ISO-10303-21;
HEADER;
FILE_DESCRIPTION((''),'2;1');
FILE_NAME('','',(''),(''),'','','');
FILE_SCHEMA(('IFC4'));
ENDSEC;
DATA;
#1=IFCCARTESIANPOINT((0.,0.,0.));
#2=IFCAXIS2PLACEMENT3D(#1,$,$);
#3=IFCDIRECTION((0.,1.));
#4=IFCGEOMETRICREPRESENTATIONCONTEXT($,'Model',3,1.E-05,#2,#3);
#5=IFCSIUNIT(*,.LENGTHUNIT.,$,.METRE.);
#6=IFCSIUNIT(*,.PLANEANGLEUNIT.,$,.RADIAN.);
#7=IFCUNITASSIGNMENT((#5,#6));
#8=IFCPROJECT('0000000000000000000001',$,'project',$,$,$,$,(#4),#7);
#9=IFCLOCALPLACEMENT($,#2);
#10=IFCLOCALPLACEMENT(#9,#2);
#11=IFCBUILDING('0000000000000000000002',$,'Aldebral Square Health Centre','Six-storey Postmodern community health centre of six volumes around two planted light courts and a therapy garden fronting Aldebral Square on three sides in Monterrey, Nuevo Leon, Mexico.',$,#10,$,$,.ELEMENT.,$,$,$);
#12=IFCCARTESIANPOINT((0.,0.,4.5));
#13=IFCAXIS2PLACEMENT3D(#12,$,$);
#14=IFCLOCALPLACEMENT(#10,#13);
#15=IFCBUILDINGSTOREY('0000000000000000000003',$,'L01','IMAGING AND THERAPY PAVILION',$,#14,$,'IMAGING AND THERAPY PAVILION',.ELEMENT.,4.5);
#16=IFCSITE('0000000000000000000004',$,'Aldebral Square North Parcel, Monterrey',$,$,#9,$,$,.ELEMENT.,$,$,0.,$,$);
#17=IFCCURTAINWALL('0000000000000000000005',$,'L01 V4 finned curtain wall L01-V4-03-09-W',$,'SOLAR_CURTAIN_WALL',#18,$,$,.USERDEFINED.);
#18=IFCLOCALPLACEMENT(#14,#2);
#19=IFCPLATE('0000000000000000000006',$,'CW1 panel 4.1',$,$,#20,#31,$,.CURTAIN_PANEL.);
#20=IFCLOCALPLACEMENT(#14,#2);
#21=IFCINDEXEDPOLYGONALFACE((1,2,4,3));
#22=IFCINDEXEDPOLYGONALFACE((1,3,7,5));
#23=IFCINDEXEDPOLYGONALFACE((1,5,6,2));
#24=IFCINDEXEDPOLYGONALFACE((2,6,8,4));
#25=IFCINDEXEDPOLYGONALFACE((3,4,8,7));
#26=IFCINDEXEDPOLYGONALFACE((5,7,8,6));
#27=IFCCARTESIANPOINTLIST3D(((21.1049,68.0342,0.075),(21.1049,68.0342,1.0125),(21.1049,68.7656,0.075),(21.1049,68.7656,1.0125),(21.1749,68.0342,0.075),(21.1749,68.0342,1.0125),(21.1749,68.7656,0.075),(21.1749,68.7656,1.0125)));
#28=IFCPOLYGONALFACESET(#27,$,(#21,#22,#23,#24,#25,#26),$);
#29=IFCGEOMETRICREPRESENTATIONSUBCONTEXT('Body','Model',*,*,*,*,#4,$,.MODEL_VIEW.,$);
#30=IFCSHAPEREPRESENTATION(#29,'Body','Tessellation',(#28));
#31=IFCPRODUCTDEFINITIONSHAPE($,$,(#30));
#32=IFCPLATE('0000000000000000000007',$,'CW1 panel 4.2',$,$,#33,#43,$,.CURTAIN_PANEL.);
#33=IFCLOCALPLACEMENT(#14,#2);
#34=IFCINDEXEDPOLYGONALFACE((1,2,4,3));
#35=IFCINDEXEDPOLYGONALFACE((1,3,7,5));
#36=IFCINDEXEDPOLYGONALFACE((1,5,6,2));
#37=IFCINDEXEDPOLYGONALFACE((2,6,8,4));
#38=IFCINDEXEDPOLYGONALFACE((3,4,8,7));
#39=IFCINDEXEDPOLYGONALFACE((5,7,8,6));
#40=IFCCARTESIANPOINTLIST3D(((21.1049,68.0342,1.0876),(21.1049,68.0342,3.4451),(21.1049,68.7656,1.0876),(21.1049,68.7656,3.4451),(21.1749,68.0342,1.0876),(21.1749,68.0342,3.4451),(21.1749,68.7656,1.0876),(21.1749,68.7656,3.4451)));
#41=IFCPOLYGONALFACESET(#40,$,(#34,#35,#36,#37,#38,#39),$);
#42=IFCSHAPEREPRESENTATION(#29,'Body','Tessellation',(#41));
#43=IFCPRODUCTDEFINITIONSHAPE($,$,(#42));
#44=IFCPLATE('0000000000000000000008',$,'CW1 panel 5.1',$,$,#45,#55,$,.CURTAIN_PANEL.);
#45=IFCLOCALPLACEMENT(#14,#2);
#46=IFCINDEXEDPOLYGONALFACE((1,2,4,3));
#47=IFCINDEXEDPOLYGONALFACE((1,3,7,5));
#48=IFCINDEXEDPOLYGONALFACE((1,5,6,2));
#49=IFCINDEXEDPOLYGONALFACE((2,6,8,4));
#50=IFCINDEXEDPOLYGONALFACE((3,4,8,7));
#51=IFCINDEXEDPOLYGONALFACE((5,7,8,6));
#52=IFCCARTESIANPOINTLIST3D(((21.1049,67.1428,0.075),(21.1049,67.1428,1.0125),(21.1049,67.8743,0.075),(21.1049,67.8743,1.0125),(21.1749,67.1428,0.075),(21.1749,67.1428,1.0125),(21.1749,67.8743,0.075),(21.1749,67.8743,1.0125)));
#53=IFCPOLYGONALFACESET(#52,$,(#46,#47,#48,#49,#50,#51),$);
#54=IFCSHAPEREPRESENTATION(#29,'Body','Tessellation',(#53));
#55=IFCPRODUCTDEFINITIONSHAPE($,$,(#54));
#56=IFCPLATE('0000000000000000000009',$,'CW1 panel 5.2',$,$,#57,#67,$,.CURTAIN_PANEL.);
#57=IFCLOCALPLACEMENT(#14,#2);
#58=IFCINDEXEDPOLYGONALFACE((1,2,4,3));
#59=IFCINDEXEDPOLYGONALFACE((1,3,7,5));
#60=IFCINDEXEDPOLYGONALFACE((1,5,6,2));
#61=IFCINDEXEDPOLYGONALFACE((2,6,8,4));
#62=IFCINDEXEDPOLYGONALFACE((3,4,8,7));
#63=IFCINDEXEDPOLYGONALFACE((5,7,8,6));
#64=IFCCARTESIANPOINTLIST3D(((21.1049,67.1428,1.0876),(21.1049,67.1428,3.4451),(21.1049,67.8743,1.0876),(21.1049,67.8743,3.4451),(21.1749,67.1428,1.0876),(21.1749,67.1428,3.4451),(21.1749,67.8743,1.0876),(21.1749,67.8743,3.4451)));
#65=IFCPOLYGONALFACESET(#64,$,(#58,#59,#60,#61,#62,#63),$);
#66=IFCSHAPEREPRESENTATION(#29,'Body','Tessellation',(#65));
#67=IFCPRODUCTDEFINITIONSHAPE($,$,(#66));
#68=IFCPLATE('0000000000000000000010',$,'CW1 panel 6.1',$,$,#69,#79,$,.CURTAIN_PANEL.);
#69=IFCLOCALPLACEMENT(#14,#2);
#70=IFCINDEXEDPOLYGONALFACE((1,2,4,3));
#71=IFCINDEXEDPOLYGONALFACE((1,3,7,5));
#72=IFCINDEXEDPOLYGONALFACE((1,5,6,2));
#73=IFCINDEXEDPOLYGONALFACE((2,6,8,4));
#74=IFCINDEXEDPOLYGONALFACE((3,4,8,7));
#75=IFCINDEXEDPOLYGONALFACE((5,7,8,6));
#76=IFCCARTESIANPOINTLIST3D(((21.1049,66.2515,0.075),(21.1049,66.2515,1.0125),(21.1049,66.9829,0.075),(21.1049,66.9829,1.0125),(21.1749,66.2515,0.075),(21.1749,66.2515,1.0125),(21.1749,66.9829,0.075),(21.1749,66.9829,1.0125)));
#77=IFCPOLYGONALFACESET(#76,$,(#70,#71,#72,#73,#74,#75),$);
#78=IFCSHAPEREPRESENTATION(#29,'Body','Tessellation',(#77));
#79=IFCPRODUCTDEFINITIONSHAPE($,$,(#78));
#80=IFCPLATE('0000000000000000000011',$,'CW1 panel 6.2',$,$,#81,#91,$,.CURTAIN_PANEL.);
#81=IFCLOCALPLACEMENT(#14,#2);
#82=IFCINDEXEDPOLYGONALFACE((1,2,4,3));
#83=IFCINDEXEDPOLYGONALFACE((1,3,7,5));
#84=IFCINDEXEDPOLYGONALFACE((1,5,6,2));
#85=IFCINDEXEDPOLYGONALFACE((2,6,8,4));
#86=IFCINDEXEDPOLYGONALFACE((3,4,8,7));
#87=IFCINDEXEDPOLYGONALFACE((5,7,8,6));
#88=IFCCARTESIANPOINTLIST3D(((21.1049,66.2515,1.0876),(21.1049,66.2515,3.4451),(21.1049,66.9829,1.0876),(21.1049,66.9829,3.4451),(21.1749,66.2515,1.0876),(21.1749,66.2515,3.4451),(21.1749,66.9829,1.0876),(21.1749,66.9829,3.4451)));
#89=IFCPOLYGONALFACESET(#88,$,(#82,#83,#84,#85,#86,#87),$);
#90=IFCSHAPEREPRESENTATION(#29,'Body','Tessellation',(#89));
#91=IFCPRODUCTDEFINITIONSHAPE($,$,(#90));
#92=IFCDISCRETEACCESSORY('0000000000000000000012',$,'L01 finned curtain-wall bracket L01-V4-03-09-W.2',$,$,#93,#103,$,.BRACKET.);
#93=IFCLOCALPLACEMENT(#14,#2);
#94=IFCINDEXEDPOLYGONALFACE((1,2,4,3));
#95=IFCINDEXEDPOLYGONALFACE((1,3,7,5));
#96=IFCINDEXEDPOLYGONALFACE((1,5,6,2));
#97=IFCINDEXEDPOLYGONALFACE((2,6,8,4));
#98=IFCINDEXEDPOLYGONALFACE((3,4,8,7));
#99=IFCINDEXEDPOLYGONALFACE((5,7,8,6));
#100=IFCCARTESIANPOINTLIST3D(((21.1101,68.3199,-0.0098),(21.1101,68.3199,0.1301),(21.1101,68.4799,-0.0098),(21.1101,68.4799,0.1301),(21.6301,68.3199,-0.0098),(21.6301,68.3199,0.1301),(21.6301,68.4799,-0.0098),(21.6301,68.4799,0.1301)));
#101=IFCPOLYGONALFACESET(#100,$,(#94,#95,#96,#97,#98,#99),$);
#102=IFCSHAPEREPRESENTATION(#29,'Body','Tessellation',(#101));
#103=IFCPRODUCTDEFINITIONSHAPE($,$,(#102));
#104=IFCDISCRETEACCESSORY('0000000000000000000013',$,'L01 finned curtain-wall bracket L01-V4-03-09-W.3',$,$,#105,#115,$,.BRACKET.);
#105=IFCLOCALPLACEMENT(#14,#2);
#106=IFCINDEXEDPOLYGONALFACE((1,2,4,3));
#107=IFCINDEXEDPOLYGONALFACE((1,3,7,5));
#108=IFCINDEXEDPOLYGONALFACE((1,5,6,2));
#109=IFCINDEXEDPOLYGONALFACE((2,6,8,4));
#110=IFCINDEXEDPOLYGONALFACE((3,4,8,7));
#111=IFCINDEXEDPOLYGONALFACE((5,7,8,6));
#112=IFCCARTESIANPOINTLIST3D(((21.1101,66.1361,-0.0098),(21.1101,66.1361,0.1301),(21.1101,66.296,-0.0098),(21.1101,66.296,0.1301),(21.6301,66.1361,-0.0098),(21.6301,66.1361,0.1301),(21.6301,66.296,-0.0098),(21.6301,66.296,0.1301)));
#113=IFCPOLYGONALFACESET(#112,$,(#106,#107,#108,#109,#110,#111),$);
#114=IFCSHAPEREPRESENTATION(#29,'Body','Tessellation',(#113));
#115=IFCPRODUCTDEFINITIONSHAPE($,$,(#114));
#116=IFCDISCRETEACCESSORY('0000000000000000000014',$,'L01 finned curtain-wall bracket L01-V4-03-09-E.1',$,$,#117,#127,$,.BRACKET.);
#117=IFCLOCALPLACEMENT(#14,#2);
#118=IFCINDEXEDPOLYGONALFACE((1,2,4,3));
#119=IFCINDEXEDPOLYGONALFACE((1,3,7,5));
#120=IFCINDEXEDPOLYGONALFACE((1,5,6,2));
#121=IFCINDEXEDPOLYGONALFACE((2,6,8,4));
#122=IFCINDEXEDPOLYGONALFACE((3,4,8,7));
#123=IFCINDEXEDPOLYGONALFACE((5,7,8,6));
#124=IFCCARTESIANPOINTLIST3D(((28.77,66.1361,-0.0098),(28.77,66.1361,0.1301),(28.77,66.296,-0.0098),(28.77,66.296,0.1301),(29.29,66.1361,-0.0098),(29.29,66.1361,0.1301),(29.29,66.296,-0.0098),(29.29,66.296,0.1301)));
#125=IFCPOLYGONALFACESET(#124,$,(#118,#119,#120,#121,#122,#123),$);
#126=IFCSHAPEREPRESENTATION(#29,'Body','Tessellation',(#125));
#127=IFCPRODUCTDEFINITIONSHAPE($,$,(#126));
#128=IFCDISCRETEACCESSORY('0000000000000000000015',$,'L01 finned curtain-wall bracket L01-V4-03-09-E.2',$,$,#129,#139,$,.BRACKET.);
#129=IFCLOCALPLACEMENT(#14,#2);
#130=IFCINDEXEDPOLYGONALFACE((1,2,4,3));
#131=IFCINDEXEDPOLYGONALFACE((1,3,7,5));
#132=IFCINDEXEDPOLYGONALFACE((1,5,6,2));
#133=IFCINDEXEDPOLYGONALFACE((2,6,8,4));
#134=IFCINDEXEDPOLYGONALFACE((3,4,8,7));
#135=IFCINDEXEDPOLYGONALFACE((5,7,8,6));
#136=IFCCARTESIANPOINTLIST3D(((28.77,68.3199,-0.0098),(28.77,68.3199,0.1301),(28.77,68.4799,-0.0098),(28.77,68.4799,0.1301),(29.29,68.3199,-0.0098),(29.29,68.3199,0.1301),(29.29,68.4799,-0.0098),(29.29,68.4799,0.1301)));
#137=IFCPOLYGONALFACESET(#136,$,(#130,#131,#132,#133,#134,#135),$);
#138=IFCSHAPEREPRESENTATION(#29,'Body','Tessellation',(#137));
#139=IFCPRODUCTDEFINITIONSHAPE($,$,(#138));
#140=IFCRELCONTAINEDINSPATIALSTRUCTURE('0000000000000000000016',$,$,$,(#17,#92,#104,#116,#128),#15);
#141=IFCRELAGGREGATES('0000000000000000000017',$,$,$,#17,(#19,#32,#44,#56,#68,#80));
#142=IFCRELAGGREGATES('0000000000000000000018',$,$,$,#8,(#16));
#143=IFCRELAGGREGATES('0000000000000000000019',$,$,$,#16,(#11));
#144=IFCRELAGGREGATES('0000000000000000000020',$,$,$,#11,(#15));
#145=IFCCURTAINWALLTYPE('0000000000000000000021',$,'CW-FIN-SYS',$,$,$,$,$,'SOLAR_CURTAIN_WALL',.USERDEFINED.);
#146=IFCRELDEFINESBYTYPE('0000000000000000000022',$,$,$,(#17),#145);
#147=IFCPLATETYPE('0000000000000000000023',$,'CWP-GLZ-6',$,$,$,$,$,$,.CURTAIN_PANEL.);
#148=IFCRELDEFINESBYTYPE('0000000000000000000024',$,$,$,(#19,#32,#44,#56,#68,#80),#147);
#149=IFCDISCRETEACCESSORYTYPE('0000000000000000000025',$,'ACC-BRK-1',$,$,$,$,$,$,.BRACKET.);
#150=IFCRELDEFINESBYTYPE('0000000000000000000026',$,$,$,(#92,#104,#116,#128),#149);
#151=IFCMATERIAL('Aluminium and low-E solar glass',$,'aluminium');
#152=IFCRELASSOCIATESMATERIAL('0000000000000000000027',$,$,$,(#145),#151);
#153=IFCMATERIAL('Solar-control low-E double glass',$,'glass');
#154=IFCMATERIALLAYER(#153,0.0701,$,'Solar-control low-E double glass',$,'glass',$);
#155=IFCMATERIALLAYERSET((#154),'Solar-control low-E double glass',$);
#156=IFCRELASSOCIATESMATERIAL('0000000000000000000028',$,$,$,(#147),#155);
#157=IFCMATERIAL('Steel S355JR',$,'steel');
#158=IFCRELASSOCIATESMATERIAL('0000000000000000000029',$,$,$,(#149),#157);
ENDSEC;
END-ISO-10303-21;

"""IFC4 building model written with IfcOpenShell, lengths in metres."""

from ifc_helpers import new_model, si_unit, direction, frame, origin, origin_2d, place, context, subcontext, project, spatial, rectangle, extrude, material, layer, layer_set, type_object, element, aggregate, save


model = new_model("IFC4")

# Units and contexts
model_context = context("Model", 3, precision=1e-05, world=origin(), true_north=direction((0.0, 1.0)))
body_context = subcontext(model_context, "Body", "Model", "MODEL_VIEW")
ifc_project = project(units=[si_unit("LENGTHUNIT", "METRE"), si_unit("PLANEANGLEUNIT", "RADIAN")], contexts=[model_context])

# Site, building, storey
site_placement = place(None, origin())
site = spatial("IfcSite", under=ifc_project, at=site_placement, Name="Aldebral Square North Parcel, Monterrey", CompositionType="ELEMENT", RefElevation=0.0)
building_placement = place(site_placement, origin())
building = spatial("IfcBuilding", under=site, at=building_placement, Name="Aldebral Square Health Centre", Description="Six-storey Postmodern community health centre of six volumes around two planted light courts and a therapy garden fronting Aldebral Square on three sides in Monterrey, Nuevo Leon, Mexico.", CompositionType="ELEMENT")
storey_placement = place(building_placement, frame((0.0, 0.0, 4.5)))
storey = spatial("IfcBuildingStorey", under=building, at=storey_placement, Name="L01", Description="IMAGING AND THERAPY PAVILION", LongName="IMAGING AND THERAPY PAVILION", CompositionType="ELEMENT", Elevation=4.5)

# Curtain wall, plates
ifc_material_1 = material(Name="Aluminium and low-E solar glass", Category="aluminium")
curtain_wall_type = type_object("IfcCurtainWallType", Name="CW-FIN-SYS", ElementType="SOLAR_CURTAIN_WALL", PredefinedType="USERDEFINED", material=ifc_material_1)
curtain_wall_placement = place(storey_placement, origin())
curtain_wall = element("IfcCurtainWall", 1, at=curtain_wall_placement, inside=storey, type_object=curtain_wall_type, Name="L01 V4 finned curtain wall L01-V4-03-09-W", ObjectType="SOLAR_CURTAIN_WALL", PredefinedType="USERDEFINED")
ifc_material_2 = material(Name="Solar-control low-E double glass", Category="glass")
ifc_layer = layer(ifc_material_2, 0.0701, Name="Solar-control low-E double glass", Category="glass")
ifc_layer_set = layer_set([ifc_layer], Name="Solar-control low-E double glass")
plate_type = type_object("IfcPlateType", Name="CWP-GLZ-6", PredefinedType="CURTAIN_PANEL", material=ifc_layer_set)
plate_1_placement = place(storey_placement, frame((21.1399, 68.3999, 0.075), z_axis=(0.0, 0.0, 1.0), x_axis=(0.0, -1.0, 0.0)))
plate_1 = element("IfcPlate", 2, at=plate_1_placement, type_object=plate_type, Name="CW1 panel 4.1", PredefinedType="CURTAIN_PANEL", context=body_context, shape_type="SweptSolid", body=[
    extrude(rectangle(XDim=0.7314, YDim=0.0701, at=origin_2d()), origin(), (0.0, 0.0, 1.0), 0.9375),
])
plate_2_placement = place(storey_placement, frame((21.1399, 68.3999, 1.0876), z_axis=(0.0, 0.0, 1.0), x_axis=(0.0, -1.0, 0.0)))
plate_2 = element("IfcPlate", 3, at=plate_2_placement, type_object=plate_type, Name="CW1 panel 4.2", PredefinedType="CURTAIN_PANEL", context=body_context, shape_type="SweptSolid", body=[
    extrude(rectangle(XDim=0.7314, YDim=0.0701, at=origin_2d()), origin(), (0.0, 0.0, 1.0), 2.3574),
])
plate_3_placement = place(storey_placement, frame((21.1399, 67.5085, 0.075), z_axis=(0.0, 0.0, 1.0), x_axis=(0.0, -1.0, 0.0)))
plate_3 = element("IfcPlate", 4, at=plate_3_placement, type_object=plate_type, Name="CW1 panel 5.1", PredefinedType="CURTAIN_PANEL", context=body_context, shape_type="SweptSolid", body=[
    extrude(rectangle(XDim=0.7314, YDim=0.0701, at=origin_2d()), origin(), (0.0, 0.0, 1.0), 0.9375),
])
plate_4_placement = place(storey_placement, frame((21.1399, 67.5085, 1.0876), z_axis=(0.0, 0.0, 1.0), x_axis=(0.0, -1.0, 0.0)))
plate_4 = element("IfcPlate", 5, at=plate_4_placement, type_object=plate_type, Name="CW1 panel 5.2", PredefinedType="CURTAIN_PANEL", context=body_context, shape_type="SweptSolid", body=[
    extrude(rectangle(XDim=0.7314, YDim=0.0701, at=origin_2d()), origin(), (0.0, 0.0, 1.0), 2.3574),
])
plate_5_placement = place(storey_placement, frame((21.1399, 66.6172, 0.075), z_axis=(0.0, 0.0, 1.0), x_axis=(0.0, -1.0, 0.0)))
plate_5 = element("IfcPlate", 6, at=plate_5_placement, type_object=plate_type, Name="CW1 panel 6.1", PredefinedType="CURTAIN_PANEL", context=body_context, shape_type="SweptSolid", body=[
    extrude(rectangle(XDim=0.7314, YDim=0.0701, at=origin_2d()), origin(), (0.0, 0.0, 1.0), 0.9375),
])
plate_6_placement = place(storey_placement, frame((21.1399, 66.6172, 1.0876), z_axis=(0.0, 0.0, 1.0), x_axis=(0.0, -1.0, 0.0)))
plate_6 = element("IfcPlate", 7, at=plate_6_placement, type_object=plate_type, Name="CW1 panel 6.2", PredefinedType="CURTAIN_PANEL", context=body_context, shape_type="SweptSolid", body=[
    extrude(rectangle(XDim=0.7314, YDim=0.0701, at=origin_2d()), origin(), (0.0, 0.0, 1.0), 2.3574),
])
aggregate(curtain_wall, [plate_1, plate_2, plate_3, plate_4, plate_5, plate_6])

# Discrete accessories
ifc_material_3 = material(Name="Steel S355JR", Category="steel")
discrete_accessory_type = type_object("IfcDiscreteAccessoryType", Name="ACC-BRK-1", PredefinedType="BRACKET", material=ifc_material_3)
for number, where, z_axis, x_axis, name in (
    (8, (21.3701, 68.3999, -0.0098), (0.0, 0.0, 1.0), (0.0, 1.0, 0.0), "L01 finned curtain-wall bracket L01-V4-03-09-W.2"),
    (9, (21.3701, 66.2161, -0.0098), (0.0, 0.0, 1.0), (0.0, 1.0, 0.0), "L01 finned curtain-wall bracket L01-V4-03-09-W.3"),
    (10, (29.03, 66.2161, -0.0098), (0.0, 0.0, 1.0), (0.0, 1.0, 0.0), "L01 finned curtain-wall bracket L01-V4-03-09-E.1"),
    (11, (29.03, 68.3999, -0.0098), (0.0, 0.0, 1.0), (0.0, 1.0, 0.0), "L01 finned curtain-wall bracket L01-V4-03-09-E.2"),
):
    element("IfcDiscreteAccessory", number, at=place(storey_placement, frame(where, z_axis=z_axis, x_axis=x_axis)), inside=storey, type_object=discrete_accessory_type, Name=name, PredefinedType="BRACKET", context=body_context, shape_type="SweptSolid", body=[
        extrude(rectangle(XDim=0.1599, YDim=0.52, at=origin_2d()), origin(), (0.0, 0.0, 1.0), 0.1399),
    ])

save(model, "model.ifc")
